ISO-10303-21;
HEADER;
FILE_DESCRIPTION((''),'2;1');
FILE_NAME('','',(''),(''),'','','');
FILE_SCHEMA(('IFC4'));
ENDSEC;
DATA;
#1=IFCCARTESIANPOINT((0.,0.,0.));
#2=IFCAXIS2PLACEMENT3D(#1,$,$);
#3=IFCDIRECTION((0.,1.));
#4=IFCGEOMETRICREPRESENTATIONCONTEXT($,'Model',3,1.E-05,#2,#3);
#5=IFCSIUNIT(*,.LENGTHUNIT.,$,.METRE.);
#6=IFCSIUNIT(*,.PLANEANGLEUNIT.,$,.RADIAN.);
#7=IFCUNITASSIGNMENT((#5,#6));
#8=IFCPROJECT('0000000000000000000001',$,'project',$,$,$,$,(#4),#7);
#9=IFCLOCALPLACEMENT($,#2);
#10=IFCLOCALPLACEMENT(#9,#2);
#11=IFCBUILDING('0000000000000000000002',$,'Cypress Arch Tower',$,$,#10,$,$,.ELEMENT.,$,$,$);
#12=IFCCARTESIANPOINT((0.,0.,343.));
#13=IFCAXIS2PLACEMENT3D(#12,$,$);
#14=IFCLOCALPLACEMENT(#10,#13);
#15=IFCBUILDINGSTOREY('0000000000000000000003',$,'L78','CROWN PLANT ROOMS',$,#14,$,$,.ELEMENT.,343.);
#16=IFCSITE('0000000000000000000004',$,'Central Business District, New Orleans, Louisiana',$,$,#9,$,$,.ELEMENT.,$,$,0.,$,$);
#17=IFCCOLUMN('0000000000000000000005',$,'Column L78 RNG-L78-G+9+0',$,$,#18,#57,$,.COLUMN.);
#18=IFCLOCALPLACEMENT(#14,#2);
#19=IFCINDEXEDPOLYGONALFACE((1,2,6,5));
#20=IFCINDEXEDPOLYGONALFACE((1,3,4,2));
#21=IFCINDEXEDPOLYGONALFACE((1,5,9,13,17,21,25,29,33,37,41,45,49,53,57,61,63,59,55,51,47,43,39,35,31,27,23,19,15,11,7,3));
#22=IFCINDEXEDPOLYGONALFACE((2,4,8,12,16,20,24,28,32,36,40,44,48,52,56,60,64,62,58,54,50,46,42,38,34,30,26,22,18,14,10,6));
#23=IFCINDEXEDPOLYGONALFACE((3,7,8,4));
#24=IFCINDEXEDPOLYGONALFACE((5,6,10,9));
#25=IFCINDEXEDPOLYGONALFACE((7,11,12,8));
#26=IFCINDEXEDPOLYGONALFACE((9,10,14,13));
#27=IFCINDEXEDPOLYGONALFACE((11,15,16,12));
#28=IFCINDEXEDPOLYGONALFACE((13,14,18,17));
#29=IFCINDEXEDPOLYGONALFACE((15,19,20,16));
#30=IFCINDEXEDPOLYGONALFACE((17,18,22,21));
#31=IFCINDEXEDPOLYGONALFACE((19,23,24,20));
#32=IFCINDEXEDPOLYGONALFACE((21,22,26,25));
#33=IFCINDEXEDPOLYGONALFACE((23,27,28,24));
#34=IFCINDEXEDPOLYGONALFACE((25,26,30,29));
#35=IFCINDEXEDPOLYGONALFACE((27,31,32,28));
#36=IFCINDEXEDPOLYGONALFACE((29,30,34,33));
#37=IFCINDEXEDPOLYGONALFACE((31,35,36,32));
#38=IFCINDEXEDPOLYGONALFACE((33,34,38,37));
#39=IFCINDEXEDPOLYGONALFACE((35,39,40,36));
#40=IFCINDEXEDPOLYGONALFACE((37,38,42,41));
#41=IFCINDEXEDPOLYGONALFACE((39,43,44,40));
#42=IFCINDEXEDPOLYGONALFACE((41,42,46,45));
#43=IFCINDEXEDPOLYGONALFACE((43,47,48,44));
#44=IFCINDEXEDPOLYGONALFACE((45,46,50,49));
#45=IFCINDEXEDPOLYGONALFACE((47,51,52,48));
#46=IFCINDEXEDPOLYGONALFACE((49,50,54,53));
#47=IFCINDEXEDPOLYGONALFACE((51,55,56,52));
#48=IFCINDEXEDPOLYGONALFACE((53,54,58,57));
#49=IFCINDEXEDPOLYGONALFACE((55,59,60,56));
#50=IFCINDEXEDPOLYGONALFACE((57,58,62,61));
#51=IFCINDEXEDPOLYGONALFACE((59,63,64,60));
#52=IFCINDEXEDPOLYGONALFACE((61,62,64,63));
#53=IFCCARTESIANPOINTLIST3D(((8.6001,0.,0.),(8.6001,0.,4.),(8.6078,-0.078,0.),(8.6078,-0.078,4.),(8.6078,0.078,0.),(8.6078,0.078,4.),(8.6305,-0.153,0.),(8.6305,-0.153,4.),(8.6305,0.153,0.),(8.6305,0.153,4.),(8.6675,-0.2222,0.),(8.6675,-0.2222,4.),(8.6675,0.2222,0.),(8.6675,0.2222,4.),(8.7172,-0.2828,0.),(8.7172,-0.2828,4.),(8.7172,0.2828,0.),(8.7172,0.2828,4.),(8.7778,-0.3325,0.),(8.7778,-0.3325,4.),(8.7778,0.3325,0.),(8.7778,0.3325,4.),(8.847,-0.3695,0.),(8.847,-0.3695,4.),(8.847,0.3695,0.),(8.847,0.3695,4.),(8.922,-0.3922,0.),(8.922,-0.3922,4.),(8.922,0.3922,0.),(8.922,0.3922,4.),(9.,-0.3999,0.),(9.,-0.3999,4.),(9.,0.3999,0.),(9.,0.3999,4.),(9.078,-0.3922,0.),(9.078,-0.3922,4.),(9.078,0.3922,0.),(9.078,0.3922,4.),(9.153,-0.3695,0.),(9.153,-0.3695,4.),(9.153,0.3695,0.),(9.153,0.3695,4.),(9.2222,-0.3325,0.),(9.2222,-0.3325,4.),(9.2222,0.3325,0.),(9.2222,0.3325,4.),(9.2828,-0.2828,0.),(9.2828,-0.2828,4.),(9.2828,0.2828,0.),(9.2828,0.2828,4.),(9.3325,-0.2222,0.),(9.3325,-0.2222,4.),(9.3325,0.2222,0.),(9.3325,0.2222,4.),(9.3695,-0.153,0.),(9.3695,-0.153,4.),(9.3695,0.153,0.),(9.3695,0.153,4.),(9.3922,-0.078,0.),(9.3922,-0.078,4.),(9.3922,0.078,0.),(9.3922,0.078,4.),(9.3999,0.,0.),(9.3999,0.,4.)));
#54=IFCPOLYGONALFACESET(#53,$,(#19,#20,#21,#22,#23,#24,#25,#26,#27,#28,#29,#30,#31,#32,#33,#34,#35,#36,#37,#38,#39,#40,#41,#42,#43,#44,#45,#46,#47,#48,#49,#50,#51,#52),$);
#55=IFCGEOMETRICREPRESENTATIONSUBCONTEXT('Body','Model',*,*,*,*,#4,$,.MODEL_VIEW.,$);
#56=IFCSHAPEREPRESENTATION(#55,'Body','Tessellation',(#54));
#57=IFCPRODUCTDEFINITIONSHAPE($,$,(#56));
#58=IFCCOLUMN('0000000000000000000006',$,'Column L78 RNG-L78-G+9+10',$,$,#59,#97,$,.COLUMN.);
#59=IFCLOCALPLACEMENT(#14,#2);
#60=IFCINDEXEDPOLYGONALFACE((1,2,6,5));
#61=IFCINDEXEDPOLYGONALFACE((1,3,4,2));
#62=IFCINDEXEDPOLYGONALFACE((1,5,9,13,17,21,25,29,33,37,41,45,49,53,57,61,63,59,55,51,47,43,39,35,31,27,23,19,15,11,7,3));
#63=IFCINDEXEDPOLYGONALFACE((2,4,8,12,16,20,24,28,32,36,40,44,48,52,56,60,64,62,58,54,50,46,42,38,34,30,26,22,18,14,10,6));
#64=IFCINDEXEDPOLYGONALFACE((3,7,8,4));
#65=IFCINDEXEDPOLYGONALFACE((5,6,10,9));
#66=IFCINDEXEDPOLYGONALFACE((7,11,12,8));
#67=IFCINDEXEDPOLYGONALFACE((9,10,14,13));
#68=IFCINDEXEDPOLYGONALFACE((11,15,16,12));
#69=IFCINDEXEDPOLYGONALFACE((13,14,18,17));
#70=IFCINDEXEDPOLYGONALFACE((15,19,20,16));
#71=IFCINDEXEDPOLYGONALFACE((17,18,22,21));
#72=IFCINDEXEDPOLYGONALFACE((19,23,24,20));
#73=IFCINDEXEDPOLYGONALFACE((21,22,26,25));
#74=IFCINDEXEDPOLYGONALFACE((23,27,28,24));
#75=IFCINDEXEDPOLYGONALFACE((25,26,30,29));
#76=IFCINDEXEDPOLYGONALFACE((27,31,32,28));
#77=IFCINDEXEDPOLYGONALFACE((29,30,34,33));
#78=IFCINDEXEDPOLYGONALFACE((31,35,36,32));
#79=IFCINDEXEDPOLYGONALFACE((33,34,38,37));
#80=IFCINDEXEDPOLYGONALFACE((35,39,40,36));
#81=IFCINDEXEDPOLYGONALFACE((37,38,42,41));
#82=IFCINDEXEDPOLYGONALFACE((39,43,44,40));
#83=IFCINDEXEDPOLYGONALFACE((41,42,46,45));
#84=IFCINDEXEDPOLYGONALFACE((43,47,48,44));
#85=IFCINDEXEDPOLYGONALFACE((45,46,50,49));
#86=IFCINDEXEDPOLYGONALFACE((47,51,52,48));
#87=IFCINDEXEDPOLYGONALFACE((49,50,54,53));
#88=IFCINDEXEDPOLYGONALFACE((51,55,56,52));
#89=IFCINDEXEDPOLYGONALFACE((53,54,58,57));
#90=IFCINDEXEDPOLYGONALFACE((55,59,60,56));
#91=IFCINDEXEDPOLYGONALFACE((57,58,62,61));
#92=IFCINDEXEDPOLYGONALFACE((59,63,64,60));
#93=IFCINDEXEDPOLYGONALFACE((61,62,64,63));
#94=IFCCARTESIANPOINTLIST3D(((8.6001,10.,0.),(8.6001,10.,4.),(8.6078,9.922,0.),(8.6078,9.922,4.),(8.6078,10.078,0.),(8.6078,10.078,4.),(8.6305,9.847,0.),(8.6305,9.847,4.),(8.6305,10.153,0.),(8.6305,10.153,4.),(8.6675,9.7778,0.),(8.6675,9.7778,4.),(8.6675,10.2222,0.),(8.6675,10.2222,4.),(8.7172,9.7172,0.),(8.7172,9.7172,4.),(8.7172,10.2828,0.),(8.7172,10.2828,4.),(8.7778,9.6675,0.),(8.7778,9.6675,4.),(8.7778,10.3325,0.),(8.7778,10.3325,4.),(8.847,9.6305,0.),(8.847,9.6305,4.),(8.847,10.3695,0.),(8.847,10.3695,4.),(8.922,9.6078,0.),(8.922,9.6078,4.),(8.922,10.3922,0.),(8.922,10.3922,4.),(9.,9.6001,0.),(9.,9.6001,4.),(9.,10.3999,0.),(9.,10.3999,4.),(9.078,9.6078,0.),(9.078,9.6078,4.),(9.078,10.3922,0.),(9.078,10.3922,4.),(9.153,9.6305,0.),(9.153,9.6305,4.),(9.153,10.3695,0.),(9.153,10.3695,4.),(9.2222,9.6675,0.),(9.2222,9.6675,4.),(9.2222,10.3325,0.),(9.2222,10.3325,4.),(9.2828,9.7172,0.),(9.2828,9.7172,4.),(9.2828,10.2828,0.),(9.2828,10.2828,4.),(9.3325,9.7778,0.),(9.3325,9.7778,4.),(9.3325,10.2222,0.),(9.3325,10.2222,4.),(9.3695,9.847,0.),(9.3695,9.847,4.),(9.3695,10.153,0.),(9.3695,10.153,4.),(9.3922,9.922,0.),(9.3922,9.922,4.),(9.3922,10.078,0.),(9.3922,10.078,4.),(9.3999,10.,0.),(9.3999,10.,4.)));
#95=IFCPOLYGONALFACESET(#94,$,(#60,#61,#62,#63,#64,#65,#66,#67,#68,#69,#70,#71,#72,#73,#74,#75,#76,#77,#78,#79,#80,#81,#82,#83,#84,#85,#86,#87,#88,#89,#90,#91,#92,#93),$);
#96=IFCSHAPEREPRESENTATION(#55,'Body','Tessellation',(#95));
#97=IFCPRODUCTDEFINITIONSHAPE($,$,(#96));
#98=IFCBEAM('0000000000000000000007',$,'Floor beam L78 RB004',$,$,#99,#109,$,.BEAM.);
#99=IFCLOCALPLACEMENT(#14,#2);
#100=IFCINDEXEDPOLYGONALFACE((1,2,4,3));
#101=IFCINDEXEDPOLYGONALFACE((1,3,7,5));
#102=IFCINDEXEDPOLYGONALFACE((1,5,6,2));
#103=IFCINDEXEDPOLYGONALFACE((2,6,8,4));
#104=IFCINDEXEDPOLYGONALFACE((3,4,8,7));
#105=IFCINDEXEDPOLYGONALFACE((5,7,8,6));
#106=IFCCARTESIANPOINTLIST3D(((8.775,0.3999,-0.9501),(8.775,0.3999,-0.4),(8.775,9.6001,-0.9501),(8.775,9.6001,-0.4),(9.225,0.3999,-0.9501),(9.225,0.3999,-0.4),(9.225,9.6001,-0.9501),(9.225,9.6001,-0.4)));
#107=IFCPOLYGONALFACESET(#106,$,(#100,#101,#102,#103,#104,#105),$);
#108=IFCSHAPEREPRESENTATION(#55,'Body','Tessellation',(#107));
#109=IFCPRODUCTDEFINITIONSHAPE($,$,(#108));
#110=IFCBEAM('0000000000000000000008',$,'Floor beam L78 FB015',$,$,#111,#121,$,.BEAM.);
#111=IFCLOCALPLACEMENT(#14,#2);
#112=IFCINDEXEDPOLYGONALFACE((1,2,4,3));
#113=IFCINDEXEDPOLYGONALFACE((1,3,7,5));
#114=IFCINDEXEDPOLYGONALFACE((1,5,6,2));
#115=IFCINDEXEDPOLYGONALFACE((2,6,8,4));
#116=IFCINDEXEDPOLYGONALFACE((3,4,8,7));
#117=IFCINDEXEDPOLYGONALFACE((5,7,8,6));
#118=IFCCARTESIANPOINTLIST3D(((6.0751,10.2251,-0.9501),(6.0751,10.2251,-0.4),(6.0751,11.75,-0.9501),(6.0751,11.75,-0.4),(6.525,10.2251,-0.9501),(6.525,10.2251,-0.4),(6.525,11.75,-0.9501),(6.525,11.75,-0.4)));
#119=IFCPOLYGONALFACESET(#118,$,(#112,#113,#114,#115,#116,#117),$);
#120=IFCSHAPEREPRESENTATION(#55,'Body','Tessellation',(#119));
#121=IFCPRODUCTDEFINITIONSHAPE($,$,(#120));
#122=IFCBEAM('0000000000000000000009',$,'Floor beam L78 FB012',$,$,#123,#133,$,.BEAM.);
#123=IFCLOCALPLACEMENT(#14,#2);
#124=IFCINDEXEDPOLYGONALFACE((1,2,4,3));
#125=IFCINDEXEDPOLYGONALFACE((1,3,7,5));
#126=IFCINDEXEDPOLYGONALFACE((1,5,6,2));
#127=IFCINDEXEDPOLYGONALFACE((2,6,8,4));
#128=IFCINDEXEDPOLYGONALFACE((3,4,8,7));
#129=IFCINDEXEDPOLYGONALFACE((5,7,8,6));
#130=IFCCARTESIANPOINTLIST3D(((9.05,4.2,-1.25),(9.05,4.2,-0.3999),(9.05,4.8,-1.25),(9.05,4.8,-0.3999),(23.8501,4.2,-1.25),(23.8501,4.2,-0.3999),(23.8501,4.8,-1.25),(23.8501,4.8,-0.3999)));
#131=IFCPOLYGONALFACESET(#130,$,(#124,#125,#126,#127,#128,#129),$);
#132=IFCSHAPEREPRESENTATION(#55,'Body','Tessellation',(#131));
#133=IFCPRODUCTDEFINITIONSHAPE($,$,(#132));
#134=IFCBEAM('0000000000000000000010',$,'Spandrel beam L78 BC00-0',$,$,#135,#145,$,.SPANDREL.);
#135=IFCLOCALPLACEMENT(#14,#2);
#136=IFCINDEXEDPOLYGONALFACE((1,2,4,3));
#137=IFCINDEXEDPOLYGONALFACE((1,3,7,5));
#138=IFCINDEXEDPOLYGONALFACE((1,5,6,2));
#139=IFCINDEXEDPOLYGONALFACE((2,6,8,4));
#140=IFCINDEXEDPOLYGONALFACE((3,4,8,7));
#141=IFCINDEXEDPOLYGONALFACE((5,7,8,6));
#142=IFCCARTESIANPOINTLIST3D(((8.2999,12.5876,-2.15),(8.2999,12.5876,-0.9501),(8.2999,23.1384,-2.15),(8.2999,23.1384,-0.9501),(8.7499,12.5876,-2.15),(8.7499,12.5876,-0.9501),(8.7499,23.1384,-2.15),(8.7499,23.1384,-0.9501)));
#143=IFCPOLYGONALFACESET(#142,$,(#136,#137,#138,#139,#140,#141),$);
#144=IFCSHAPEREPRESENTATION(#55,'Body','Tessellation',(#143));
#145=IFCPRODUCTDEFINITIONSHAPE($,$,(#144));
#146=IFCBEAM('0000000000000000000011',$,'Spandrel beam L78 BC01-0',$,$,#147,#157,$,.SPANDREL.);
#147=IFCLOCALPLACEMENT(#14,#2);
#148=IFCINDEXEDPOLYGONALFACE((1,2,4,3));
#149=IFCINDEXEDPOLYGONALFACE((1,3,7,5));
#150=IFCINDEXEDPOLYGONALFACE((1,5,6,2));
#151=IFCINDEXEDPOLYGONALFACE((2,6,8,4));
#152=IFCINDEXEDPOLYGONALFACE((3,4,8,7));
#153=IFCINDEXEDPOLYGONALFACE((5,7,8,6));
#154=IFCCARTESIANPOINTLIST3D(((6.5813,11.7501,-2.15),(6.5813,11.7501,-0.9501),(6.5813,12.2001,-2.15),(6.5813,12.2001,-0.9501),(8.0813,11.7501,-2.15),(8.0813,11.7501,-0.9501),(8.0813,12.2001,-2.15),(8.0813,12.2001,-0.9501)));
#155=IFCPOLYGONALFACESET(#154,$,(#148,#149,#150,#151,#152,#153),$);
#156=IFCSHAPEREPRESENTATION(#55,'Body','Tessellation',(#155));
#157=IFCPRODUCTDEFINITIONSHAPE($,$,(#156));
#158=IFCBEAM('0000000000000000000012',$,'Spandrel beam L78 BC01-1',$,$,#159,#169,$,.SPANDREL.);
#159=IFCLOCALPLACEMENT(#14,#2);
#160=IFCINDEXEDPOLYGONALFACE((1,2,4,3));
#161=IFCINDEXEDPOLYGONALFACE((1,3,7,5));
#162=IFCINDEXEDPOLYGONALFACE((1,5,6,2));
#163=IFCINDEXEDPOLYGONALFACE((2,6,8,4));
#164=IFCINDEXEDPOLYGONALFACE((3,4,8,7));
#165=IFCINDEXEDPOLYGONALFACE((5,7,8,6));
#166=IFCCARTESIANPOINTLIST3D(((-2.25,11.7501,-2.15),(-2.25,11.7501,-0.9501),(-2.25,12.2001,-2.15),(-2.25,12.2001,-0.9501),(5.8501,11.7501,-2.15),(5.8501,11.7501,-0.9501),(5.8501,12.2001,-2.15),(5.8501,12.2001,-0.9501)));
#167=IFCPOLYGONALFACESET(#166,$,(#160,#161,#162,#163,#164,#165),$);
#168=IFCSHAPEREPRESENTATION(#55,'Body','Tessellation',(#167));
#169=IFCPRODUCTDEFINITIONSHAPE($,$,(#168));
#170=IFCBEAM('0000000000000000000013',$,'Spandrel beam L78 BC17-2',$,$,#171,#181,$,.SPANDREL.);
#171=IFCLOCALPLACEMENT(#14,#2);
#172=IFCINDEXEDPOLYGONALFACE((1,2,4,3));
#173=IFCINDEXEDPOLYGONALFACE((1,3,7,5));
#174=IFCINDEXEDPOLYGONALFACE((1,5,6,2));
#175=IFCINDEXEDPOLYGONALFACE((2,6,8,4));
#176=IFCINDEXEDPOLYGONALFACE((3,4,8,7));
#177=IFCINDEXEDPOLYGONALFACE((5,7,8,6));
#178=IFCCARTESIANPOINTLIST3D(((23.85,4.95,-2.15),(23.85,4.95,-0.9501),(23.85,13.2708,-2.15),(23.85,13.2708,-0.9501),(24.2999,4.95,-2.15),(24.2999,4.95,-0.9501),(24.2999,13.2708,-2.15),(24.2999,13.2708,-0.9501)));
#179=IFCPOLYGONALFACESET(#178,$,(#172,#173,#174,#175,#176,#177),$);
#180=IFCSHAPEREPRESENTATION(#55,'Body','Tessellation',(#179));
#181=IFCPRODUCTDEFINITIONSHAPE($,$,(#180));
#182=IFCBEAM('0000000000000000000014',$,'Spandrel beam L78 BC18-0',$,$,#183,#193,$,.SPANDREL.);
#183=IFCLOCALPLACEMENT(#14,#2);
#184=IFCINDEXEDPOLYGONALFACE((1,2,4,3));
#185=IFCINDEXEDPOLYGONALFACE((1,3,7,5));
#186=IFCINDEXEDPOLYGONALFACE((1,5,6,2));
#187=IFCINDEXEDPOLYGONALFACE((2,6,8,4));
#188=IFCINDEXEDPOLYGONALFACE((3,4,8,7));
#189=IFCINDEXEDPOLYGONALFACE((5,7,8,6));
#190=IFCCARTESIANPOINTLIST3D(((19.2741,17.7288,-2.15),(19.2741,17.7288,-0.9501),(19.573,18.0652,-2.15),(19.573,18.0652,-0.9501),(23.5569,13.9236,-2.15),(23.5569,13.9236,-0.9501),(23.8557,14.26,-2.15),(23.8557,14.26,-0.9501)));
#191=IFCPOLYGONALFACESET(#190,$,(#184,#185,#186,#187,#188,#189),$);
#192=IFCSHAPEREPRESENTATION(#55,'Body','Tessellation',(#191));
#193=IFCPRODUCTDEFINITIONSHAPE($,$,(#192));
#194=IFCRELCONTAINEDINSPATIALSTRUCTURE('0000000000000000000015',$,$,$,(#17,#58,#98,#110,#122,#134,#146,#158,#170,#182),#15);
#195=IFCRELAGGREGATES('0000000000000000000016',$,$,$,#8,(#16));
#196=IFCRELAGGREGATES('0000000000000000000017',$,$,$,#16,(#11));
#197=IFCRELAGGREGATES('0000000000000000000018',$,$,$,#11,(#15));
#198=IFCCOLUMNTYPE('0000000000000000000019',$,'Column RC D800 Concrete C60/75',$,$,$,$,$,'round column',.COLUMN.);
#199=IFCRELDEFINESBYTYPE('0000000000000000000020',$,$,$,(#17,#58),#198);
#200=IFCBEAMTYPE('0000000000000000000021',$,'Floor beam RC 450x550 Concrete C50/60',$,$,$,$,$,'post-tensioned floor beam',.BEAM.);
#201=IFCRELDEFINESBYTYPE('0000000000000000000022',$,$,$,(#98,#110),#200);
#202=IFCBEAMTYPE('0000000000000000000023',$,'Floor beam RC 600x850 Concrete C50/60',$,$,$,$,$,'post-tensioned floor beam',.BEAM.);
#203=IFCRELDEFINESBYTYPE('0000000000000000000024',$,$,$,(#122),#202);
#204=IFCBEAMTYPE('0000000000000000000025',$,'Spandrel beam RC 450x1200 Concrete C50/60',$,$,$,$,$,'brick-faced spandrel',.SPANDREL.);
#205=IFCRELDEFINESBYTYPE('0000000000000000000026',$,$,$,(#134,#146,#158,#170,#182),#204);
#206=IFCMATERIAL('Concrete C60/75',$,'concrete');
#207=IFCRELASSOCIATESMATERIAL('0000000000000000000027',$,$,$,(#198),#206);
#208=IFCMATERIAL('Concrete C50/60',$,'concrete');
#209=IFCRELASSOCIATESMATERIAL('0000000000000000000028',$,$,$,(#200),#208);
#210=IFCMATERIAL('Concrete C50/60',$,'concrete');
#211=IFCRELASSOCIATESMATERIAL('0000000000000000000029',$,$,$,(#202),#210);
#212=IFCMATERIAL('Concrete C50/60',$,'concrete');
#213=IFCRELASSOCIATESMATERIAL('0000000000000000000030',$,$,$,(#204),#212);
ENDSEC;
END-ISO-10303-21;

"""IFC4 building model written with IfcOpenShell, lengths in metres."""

from ifc_helpers import new_model, si_unit, direction, frame, origin, origin_2d, place, context, subcontext, project, spatial, rectangle, circle, extrude, material, material_profile, profile_set, type_object, element, save


model = new_model("IFC4")

# Units and contexts
model_context = context("Model", 3, precision=1e-05, world=origin(), true_north=direction((0.0, 1.0)))
body_context = subcontext(model_context, "Body", "Model", "MODEL_VIEW")
ifc_project = project(units=[si_unit("LENGTHUNIT", "METRE"), si_unit("PLANEANGLEUNIT", "RADIAN")], contexts=[model_context])

# Site, building, storey
site_placement = place(None, origin())
site = spatial("IfcSite", under=ifc_project, at=site_placement, Name="Central Business District, New Orleans, Louisiana", CompositionType="ELEMENT", RefElevation=0.0)
building_placement = place(site_placement, origin())
building = spatial("IfcBuilding", under=site, at=building_placement, Name="Cypress Arch Tower", CompositionType="ELEMENT")
storey_placement = place(building_placement, frame((0.0, 0.0, 343.0)))
storey = spatial("IfcBuildingStorey", under=building, at=storey_placement, Name="L78", Description="CROWN PLANT ROOMS", CompositionType="ELEMENT", Elevation=343.0)

# Columns
ifc_material_1 = material(Name="Concrete C60/75", Category="concrete")
ifc_material_profile_1 = material_profile(ifc_material_1, circle(Radius=0.3999, at=origin_2d()), Name="RC D800")
ifc_profile_set_1 = profile_set([ifc_material_profile_1], Name="Concrete C60/75")
column_type = type_object("IfcColumnType", Name="Column RC D800 Concrete C60/75", ElementType="round column", PredefinedType="COLUMN", material=ifc_profile_set_1)
for number, where, z_axis, x_axis, name in (
    (1, (9.0, 0.0, 0.0), (0.0, 0.0, 1.0), (1.0, 0.0, 0.0), "Column L78 RNG-L78-G+9+0"),
    (2, (9.0, 10.0, 0.0), (0.0, 0.0, 1.0), (1.0, 0.0, 0.0), "Column L78 RNG-L78-G+9+10"),
):
    element("IfcColumn", number, at=place(storey_placement, frame(where, z_axis=z_axis, x_axis=x_axis)), inside=storey, type_object=column_type, Name=name, PredefinedType="COLUMN", context=body_context, shape_type="SweptSolid", body=[
        extrude(circle(Radius=0.3999, at=origin_2d()), origin(), (0.0, 0.0, 1.0), 4.0),
    ])

# Beams
ifc_material_2 = material(Name="Concrete C50/60", Category="concrete")
ifc_material_profile_2 = material_profile(ifc_material_2, rectangle(XDim=0.45, YDim=0.55, at=origin_2d()), Name="RC 450x550")
ifc_profile_set_2 = profile_set([ifc_material_profile_2], Name="Concrete C50/60")
beam_type_1 = type_object("IfcBeamType", Name="Floor beam RC 450x550 Concrete C50/60", ElementType="post-tensioned floor beam", PredefinedType="BEAM", material=ifc_profile_set_2)
beam_1_placement = place(storey_placement, frame((9.0, 0.3999, -0.675), z_axis=(0.0, 1.0, 0.0), x_axis=(-1.0, 0.0, 0.0)))
element("IfcBeam", 3, at=beam_1_placement, inside=storey, type_object=beam_type_1, Name="Floor beam L78 RB004", PredefinedType="BEAM", context=body_context, shape_type="SweptSolid", body=[
    extrude(rectangle(XDim=0.45, YDim=0.55, at=origin_2d()), origin(), (0.0, 0.0, 1.0), 9.2002),
])
beam_2_placement = place(storey_placement, frame((6.3, 10.2251, -0.675), z_axis=(0.0, 1.0, 0.0), x_axis=(-1.0, 0.0, 0.0)))
element("IfcBeam", 4, at=beam_2_placement, inside=storey, type_object=beam_type_1, Name="Floor beam L78 FB015", PredefinedType="BEAM", context=body_context, shape_type="SweptSolid", body=[
    extrude(rectangle(XDim=0.45, YDim=0.55, at=origin_2d()), origin(), (0.0, 0.0, 1.0), 1.5249),
])
ifc_material_3 = material(Name="Concrete C50/60", Category="concrete")
ifc_material_profile_3 = material_profile(ifc_material_3, rectangle(XDim=0.6001, YDim=0.8501, at=origin_2d()), Name="RC 600x850")
ifc_profile_set_3 = profile_set([ifc_material_profile_3], Name="Concrete C50/60")
beam_type_2 = type_object("IfcBeamType", Name="Floor beam RC 600x850 Concrete C50/60", ElementType="post-tensioned floor beam", PredefinedType="BEAM", material=ifc_profile_set_3)
beam_3_placement = place(storey_placement, frame((9.05, 4.5, -0.825), z_axis=(1.0, 0.0, 0.0), x_axis=(0.0, 1.0, 0.0)))
element("IfcBeam", 5, at=beam_3_placement, inside=storey, type_object=beam_type_2, Name="Floor beam L78 FB012", PredefinedType="BEAM", context=body_context, shape_type="SweptSolid", body=[
    extrude(rectangle(XDim=0.6001, YDim=0.8501, at=origin_2d()), origin(), (0.0, 0.0, 1.0), 14.8),
])
ifc_material_4 = material(Name="Concrete C50/60", Category="concrete")
ifc_material_profile_4 = material_profile(ifc_material_4, rectangle(XDim=0.45, YDim=1.2, at=origin_2d()), Name="RC 450x1200")
ifc_profile_set_4 = profile_set([ifc_material_profile_4], Name="Concrete C50/60")
beam_type_3 = type_object("IfcBeamType", Name="Spandrel beam RC 450x1200 Concrete C50/60", ElementType="brick-faced spandrel", PredefinedType="SPANDREL", material=ifc_profile_set_4)
beam_4_placement = place(storey_placement, frame((8.5249, 23.1384, -1.55), z_axis=(0.0, -1.0, 0.0), x_axis=(1.0, 0.0, 0.0)))
element("IfcBeam", 6, at=beam_4_placement, inside=storey, type_object=beam_type_3, Name="Spandrel beam L78 BC00-0", PredefinedType="SPANDREL", context=body_context, shape_type="SweptSolid", body=[
    extrude(rectangle(XDim=0.45, YDim=1.2, at=origin_2d()), origin(), (0.0, 0.0, 1.0), 10.5508),
])
beam_5_placement = place(storey_placement, frame((8.0813, 11.9751, -1.55), z_axis=(-1.0, 0.0, 0.0), x_axis=(0.0, -1.0, 0.0)))
element("IfcBeam", 7, at=beam_5_placement, inside=storey, type_object=beam_type_3, Name="Spandrel beam L78 BC01-0", PredefinedType="SPANDREL", context=body_context, shape_type="SweptSolid", body=[
    extrude(rectangle(XDim=0.45, YDim=1.2, at=origin_2d()), origin(), (0.0, 0.0, 1.0), 1.5),
])
beam_6_placement = place(storey_placement, frame((5.8501, 11.9751, -1.55), z_axis=(-1.0, 0.0, 0.0), x_axis=(0.0, -1.0, 0.0)))
element("IfcBeam", 8, at=beam_6_placement, inside=storey, type_object=beam_type_3, Name="Spandrel beam L78 BC01-1", PredefinedType="SPANDREL", context=body_context, shape_type="SweptSolid", body=[
    extrude(rectangle(XDim=0.45, YDim=1.2, at=origin_2d()), origin(), (0.0, 0.0, 1.0), 8.1001),
])
beam_7_placement = place(storey_placement, frame((24.075, 4.95, -1.55), z_axis=(0.0, 1.0, 0.0), x_axis=(-1.0, 0.0, 0.0)))
element("IfcBeam", 9, at=beam_7_placement, inside=storey, type_object=beam_type_3, Name="Spandrel beam L78 BC17-2", PredefinedType="SPANDREL", context=body_context, shape_type="SweptSolid", body=[
    extrude(rectangle(XDim=0.45, YDim=1.2, at=origin_2d()), origin(), (0.0, 0.0, 1.0), 8.3208),
])
beam_8_placement = place(storey_placement, frame((23.7063, 14.0918, -1.55), z_axis=(-0.747555, 0.6642, 0.0), x_axis=(-0.6642, -0.747555, 0.0)))
element("IfcBeam", 10, at=beam_8_placement, inside=storey, type_object=beam_type_3, Name="Spandrel beam L78 BC18-0", PredefinedType="SPANDREL", context=body_context, shape_type="SweptSolid", body=[
    extrude(rectangle(XDim=0.45, YDim=1.2, at=origin_2d()), origin(), (0.0, 0.0, 1.0), 5.729),
])

save(model, "model.ifc")
